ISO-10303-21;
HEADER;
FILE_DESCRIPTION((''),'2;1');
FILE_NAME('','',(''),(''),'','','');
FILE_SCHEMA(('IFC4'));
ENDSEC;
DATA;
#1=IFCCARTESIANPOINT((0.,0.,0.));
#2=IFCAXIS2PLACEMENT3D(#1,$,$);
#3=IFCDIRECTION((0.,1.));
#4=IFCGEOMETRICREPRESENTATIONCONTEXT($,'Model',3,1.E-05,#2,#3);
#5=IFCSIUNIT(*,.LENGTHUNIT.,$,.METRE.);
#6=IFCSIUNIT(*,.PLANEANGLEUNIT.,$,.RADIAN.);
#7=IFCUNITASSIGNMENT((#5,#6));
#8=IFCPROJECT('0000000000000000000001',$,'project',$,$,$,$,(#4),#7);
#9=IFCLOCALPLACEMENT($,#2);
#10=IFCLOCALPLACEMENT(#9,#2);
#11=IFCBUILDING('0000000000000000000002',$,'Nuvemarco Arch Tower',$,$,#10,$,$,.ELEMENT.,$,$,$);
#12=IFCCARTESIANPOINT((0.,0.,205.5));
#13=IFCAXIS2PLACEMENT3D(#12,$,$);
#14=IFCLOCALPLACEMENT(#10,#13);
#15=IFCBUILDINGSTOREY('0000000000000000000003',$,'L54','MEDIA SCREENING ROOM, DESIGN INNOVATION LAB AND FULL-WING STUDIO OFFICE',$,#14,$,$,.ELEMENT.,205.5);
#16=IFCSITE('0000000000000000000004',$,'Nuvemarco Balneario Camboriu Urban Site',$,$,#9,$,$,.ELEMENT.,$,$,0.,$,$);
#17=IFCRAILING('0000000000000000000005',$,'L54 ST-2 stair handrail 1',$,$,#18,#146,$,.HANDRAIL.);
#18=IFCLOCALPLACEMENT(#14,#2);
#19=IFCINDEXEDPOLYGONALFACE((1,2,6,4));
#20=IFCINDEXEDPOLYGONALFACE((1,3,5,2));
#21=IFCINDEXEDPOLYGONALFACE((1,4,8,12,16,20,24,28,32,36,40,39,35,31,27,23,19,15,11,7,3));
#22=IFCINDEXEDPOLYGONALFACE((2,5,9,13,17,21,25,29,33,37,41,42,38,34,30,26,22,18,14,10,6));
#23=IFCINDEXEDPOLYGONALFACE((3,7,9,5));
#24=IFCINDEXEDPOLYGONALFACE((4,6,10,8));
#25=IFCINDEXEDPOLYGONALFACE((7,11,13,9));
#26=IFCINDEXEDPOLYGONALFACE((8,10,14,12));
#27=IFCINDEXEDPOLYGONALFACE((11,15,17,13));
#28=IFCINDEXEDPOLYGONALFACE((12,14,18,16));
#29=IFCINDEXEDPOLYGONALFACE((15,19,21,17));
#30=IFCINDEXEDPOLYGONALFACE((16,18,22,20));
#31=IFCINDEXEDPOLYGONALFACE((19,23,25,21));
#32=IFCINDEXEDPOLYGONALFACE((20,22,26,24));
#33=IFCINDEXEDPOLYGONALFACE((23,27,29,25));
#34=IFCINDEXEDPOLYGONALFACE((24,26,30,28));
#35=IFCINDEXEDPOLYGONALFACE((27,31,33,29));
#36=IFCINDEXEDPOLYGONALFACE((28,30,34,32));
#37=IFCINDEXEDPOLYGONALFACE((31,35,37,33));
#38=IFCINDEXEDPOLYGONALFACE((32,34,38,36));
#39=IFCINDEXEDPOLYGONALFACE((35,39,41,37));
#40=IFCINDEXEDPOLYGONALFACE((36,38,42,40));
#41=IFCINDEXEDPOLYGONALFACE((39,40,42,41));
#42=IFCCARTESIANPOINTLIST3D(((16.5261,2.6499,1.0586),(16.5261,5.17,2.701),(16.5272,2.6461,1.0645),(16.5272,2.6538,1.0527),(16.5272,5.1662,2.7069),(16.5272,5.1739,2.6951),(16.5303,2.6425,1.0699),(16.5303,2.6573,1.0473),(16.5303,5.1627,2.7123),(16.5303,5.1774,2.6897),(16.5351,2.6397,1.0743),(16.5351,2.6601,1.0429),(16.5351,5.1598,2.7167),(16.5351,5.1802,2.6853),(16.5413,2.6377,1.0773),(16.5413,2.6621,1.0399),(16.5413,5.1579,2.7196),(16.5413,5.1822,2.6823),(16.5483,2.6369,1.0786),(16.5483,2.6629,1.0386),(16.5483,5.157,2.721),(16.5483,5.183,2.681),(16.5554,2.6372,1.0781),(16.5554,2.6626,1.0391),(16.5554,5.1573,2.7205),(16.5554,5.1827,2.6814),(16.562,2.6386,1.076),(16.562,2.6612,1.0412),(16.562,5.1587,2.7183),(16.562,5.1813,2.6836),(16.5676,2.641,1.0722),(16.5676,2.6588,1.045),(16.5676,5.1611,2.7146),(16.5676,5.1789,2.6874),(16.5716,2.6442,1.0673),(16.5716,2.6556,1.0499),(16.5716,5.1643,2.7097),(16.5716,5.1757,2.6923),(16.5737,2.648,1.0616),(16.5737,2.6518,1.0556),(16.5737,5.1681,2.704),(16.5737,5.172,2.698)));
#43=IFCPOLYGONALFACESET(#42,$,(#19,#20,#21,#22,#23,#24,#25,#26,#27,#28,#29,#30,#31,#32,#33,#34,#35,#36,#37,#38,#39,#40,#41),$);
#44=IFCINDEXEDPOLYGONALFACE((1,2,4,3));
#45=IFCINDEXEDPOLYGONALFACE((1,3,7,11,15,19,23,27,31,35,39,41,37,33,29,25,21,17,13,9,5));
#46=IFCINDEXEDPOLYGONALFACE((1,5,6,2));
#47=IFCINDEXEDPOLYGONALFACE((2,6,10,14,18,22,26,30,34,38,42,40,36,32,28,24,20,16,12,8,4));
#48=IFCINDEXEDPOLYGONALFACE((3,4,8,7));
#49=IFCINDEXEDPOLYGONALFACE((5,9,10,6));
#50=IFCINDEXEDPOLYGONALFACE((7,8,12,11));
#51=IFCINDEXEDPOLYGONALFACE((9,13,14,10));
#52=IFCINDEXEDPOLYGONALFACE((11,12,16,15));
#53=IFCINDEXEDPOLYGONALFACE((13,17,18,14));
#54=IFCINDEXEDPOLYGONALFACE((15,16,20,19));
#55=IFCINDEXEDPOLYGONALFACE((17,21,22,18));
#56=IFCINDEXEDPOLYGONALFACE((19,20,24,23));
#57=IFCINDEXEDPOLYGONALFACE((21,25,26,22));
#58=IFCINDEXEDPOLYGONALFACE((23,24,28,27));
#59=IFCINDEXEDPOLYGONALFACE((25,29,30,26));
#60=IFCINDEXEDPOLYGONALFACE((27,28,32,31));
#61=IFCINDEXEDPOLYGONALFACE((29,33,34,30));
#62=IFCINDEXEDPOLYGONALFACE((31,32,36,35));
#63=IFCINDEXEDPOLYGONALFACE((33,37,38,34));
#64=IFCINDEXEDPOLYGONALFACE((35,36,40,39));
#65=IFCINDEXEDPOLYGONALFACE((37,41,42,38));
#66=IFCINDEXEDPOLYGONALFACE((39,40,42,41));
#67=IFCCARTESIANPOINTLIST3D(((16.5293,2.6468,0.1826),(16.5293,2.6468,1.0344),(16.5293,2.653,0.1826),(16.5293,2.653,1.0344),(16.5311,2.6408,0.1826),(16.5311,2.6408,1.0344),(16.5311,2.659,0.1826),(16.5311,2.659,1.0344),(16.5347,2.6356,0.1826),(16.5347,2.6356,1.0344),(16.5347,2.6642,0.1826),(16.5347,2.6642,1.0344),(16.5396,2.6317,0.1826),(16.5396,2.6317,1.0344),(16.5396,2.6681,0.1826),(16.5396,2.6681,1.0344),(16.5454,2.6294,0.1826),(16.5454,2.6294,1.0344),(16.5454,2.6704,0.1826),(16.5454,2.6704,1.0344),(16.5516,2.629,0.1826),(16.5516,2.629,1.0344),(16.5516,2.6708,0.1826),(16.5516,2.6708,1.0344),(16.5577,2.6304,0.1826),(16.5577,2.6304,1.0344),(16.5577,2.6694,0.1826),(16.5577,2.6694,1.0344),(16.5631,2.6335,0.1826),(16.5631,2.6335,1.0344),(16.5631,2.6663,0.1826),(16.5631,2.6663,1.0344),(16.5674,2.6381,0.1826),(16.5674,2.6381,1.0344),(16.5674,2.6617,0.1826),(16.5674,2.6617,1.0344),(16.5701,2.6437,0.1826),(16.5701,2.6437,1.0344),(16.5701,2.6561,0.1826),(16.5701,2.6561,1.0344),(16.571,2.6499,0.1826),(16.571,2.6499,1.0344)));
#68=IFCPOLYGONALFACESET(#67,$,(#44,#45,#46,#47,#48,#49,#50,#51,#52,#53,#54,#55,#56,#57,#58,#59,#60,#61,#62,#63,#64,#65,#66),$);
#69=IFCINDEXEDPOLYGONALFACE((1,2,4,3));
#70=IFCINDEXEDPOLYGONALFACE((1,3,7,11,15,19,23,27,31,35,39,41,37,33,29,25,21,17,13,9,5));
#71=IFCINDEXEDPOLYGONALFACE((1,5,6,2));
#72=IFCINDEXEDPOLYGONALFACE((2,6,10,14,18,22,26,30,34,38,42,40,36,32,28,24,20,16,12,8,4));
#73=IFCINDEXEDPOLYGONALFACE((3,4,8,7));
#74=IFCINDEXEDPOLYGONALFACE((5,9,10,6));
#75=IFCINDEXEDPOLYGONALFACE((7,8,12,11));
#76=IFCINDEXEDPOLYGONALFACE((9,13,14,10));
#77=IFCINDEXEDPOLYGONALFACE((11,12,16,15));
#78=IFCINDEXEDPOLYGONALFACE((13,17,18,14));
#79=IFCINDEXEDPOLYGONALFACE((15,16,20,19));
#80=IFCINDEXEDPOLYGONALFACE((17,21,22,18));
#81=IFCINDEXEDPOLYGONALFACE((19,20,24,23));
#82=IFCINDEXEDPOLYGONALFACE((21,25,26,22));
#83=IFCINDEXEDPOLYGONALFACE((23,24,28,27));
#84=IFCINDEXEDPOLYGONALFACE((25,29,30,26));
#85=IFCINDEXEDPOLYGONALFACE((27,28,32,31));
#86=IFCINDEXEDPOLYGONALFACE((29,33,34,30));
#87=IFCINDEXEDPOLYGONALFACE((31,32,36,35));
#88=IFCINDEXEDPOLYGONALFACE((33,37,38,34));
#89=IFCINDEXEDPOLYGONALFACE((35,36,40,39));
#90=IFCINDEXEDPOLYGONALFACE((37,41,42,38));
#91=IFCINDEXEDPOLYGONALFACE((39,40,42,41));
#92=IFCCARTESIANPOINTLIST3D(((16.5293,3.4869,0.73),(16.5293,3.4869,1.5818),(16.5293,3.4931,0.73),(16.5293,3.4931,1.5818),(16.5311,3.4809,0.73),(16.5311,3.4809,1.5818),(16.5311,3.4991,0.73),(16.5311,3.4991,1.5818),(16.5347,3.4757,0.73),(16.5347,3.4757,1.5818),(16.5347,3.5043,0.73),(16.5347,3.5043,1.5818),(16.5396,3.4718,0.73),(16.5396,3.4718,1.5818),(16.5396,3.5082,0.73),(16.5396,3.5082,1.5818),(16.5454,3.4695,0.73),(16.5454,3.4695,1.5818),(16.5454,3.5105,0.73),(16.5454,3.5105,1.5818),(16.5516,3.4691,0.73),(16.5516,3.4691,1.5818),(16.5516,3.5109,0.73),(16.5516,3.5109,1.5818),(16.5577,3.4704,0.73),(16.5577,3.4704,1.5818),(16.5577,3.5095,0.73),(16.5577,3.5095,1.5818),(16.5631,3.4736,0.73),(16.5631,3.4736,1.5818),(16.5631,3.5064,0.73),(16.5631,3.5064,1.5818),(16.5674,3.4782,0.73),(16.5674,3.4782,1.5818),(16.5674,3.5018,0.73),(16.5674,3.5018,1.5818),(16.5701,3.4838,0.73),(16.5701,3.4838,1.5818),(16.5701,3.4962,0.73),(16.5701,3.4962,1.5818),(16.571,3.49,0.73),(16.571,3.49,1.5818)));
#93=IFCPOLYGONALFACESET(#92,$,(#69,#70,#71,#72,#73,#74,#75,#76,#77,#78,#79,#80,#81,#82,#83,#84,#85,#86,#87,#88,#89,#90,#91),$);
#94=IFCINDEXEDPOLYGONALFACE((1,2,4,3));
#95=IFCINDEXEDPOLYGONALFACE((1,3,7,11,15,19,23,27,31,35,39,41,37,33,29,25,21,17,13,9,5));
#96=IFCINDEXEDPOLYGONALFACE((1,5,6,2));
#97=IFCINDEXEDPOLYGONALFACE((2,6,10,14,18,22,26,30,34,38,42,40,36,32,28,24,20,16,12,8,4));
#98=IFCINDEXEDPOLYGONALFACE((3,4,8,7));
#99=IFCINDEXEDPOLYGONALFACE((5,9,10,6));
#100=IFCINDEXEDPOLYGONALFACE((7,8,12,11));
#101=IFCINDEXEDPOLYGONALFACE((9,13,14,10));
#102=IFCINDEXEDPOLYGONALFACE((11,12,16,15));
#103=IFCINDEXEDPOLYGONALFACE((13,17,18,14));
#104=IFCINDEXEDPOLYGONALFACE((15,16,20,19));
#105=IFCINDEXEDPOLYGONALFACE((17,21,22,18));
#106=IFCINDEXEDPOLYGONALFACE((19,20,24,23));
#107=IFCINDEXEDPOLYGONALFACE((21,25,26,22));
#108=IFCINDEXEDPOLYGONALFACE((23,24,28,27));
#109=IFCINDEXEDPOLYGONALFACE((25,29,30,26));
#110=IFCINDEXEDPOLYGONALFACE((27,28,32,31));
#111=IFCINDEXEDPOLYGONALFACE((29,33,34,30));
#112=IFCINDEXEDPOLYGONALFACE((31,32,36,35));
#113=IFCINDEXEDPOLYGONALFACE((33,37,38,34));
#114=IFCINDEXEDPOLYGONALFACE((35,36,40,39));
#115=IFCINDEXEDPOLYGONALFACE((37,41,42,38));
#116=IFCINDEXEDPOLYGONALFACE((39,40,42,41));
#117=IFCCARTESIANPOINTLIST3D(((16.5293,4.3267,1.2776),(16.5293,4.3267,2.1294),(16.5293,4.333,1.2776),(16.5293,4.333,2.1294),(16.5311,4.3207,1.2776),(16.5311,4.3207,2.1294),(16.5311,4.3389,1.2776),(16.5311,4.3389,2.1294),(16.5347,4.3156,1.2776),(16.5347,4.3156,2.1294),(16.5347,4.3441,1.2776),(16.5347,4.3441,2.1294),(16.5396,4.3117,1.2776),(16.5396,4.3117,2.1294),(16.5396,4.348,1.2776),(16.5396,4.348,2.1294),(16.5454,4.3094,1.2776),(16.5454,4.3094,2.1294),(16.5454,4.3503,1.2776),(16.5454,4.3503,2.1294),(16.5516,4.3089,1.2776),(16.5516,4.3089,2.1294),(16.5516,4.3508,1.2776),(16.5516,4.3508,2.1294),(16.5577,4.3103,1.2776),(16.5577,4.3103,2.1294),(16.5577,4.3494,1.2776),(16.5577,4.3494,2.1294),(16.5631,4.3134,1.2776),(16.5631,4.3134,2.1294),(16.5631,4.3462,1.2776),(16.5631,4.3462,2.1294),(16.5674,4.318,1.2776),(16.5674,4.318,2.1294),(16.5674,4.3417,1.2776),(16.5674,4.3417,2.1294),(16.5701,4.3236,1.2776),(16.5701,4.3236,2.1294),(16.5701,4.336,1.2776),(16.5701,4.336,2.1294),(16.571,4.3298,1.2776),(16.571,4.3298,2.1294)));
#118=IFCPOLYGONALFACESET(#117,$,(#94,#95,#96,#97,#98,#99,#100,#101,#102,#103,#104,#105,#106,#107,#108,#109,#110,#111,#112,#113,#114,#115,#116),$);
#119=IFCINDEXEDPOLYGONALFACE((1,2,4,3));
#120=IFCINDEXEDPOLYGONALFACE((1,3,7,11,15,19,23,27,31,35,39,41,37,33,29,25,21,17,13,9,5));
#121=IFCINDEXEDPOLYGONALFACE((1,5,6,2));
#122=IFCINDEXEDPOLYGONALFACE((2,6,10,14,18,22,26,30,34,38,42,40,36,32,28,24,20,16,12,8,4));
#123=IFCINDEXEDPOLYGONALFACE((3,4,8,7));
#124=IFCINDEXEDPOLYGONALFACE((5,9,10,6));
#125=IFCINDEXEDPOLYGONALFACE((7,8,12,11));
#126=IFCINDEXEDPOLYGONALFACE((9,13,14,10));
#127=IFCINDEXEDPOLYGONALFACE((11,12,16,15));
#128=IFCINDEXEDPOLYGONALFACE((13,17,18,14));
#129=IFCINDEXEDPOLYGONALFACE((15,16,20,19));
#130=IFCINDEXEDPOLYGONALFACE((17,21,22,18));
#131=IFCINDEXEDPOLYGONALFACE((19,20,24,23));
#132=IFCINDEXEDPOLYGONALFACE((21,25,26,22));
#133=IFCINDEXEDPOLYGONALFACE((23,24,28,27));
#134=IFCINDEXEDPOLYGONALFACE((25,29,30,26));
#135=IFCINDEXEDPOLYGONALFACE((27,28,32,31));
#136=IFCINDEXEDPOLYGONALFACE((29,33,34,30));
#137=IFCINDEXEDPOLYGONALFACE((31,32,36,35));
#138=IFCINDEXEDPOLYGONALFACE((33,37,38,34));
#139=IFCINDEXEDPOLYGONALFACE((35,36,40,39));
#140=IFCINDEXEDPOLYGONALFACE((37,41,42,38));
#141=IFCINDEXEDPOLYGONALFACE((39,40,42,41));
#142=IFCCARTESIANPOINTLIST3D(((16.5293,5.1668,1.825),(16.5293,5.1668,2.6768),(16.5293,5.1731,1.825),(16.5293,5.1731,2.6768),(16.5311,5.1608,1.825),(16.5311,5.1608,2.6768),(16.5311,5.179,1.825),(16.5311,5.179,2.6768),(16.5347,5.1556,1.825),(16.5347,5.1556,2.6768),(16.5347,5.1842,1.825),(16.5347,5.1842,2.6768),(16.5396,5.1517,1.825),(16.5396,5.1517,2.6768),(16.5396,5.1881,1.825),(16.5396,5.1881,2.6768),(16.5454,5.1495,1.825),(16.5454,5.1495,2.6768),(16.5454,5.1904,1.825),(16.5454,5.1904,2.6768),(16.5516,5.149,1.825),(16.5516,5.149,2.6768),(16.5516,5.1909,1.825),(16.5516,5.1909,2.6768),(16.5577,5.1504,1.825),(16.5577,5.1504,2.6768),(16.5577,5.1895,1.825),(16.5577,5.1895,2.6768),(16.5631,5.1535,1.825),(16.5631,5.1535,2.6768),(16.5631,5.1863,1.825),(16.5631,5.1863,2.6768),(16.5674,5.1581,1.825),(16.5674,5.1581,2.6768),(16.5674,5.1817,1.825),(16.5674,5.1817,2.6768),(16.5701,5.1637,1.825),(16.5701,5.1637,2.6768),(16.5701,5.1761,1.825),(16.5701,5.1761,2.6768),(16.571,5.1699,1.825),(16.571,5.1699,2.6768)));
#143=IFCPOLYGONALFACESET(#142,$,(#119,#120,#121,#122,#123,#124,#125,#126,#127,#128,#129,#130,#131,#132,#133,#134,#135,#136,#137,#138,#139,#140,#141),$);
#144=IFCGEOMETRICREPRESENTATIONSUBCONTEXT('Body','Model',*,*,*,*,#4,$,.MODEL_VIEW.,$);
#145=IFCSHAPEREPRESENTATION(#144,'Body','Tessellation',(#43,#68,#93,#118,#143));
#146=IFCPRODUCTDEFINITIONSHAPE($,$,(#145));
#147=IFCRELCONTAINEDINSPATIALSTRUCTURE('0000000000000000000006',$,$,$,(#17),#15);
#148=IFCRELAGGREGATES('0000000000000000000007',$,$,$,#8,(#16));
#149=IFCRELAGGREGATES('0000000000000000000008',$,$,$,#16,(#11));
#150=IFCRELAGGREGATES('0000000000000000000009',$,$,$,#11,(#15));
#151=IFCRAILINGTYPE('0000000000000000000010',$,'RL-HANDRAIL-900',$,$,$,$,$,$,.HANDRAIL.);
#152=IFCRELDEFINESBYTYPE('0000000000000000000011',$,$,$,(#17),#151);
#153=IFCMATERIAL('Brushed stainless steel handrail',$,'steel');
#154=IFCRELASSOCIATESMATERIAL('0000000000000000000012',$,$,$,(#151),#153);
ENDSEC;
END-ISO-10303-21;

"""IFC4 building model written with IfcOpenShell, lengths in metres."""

from ifc_helpers import new_model, si_unit, direction, frame, origin, origin_2d, place, context, subcontext, project, spatial, circle, extrude, material, type_object, element, save


model = new_model("IFC4")

# Units and contexts
model_context = context("Model", 3, precision=1e-05, world=origin(), true_north=direction((0.0, 1.0)))
body_context = subcontext(model_context, "Body", "Model", "MODEL_VIEW")
ifc_project = project(units=[si_unit("LENGTHUNIT", "METRE"), si_unit("PLANEANGLEUNIT", "RADIAN")], contexts=[model_context])

# Site, building, storey
site_placement = place(None, origin())
site = spatial("IfcSite", under=ifc_project, at=site_placement, Name="Nuvemarco Balneario Camboriu Urban Site", CompositionType="ELEMENT", RefElevation=0.0)
building_placement = place(site_placement, origin())
building = spatial("IfcBuilding", under=site, at=building_placement, Name="Nuvemarco Arch Tower", CompositionType="ELEMENT")
storey_placement = place(building_placement, frame((0.0, 0.0, 205.5)))
storey = spatial("IfcBuildingStorey", under=building, at=storey_placement, Name="L54", Description="MEDIA SCREENING ROOM, DESIGN INNOVATION LAB AND FULL-WING STUDIO OFFICE", CompositionType="ELEMENT", Elevation=205.5)

# Railing
ifc_material_1 = material(Name="Brushed stainless steel handrail", Category="steel")
railing_type_1 = type_object("IfcRailingType", Name="RL-HANDRAIL-900", PredefinedType="HANDRAIL", material=ifc_material_1)
railing_1_placement = place(storey_placement, frame((16.55, 2.6499, 0.1826)))
element("IfcRailing", 1, at=railing_1_placement, inside=storey, type_object=railing_type_1, Name="L54 ST-2 stair handrail 1", PredefinedType="HANDRAIL", context=body_context, shape_type="SweptSolid", body=[
    extrude(circle(Radius=0.0239, at=origin_2d()), frame((0.0, 0.0, 0.876), z_axis=(0.0, 0.837787, 0.545998), x_axis=(-1.0, 0.0, 0.0)), (0.0, 0.0, 1.0), 3.0081),
    extrude(circle(Radius=0.021, at=origin_2d()), origin(), (0.0, 0.0, 1.0), 0.8518),
    extrude(circle(Radius=0.021, at=origin_2d()), frame((0.0, 0.8401, 0.5474)), (0.0, 0.0, 1.0), 0.8518),
    extrude(circle(Radius=0.021, at=origin_2d()), frame((0.0, 1.6799, 1.095)), (0.0, 0.0, 1.0), 0.8518),
    extrude(circle(Radius=0.021, at=origin_2d()), frame((0.0, 2.52, 1.6423)), (0.0, 0.0, 1.0), 0.8518),
])

save(model, "model.ifc")
